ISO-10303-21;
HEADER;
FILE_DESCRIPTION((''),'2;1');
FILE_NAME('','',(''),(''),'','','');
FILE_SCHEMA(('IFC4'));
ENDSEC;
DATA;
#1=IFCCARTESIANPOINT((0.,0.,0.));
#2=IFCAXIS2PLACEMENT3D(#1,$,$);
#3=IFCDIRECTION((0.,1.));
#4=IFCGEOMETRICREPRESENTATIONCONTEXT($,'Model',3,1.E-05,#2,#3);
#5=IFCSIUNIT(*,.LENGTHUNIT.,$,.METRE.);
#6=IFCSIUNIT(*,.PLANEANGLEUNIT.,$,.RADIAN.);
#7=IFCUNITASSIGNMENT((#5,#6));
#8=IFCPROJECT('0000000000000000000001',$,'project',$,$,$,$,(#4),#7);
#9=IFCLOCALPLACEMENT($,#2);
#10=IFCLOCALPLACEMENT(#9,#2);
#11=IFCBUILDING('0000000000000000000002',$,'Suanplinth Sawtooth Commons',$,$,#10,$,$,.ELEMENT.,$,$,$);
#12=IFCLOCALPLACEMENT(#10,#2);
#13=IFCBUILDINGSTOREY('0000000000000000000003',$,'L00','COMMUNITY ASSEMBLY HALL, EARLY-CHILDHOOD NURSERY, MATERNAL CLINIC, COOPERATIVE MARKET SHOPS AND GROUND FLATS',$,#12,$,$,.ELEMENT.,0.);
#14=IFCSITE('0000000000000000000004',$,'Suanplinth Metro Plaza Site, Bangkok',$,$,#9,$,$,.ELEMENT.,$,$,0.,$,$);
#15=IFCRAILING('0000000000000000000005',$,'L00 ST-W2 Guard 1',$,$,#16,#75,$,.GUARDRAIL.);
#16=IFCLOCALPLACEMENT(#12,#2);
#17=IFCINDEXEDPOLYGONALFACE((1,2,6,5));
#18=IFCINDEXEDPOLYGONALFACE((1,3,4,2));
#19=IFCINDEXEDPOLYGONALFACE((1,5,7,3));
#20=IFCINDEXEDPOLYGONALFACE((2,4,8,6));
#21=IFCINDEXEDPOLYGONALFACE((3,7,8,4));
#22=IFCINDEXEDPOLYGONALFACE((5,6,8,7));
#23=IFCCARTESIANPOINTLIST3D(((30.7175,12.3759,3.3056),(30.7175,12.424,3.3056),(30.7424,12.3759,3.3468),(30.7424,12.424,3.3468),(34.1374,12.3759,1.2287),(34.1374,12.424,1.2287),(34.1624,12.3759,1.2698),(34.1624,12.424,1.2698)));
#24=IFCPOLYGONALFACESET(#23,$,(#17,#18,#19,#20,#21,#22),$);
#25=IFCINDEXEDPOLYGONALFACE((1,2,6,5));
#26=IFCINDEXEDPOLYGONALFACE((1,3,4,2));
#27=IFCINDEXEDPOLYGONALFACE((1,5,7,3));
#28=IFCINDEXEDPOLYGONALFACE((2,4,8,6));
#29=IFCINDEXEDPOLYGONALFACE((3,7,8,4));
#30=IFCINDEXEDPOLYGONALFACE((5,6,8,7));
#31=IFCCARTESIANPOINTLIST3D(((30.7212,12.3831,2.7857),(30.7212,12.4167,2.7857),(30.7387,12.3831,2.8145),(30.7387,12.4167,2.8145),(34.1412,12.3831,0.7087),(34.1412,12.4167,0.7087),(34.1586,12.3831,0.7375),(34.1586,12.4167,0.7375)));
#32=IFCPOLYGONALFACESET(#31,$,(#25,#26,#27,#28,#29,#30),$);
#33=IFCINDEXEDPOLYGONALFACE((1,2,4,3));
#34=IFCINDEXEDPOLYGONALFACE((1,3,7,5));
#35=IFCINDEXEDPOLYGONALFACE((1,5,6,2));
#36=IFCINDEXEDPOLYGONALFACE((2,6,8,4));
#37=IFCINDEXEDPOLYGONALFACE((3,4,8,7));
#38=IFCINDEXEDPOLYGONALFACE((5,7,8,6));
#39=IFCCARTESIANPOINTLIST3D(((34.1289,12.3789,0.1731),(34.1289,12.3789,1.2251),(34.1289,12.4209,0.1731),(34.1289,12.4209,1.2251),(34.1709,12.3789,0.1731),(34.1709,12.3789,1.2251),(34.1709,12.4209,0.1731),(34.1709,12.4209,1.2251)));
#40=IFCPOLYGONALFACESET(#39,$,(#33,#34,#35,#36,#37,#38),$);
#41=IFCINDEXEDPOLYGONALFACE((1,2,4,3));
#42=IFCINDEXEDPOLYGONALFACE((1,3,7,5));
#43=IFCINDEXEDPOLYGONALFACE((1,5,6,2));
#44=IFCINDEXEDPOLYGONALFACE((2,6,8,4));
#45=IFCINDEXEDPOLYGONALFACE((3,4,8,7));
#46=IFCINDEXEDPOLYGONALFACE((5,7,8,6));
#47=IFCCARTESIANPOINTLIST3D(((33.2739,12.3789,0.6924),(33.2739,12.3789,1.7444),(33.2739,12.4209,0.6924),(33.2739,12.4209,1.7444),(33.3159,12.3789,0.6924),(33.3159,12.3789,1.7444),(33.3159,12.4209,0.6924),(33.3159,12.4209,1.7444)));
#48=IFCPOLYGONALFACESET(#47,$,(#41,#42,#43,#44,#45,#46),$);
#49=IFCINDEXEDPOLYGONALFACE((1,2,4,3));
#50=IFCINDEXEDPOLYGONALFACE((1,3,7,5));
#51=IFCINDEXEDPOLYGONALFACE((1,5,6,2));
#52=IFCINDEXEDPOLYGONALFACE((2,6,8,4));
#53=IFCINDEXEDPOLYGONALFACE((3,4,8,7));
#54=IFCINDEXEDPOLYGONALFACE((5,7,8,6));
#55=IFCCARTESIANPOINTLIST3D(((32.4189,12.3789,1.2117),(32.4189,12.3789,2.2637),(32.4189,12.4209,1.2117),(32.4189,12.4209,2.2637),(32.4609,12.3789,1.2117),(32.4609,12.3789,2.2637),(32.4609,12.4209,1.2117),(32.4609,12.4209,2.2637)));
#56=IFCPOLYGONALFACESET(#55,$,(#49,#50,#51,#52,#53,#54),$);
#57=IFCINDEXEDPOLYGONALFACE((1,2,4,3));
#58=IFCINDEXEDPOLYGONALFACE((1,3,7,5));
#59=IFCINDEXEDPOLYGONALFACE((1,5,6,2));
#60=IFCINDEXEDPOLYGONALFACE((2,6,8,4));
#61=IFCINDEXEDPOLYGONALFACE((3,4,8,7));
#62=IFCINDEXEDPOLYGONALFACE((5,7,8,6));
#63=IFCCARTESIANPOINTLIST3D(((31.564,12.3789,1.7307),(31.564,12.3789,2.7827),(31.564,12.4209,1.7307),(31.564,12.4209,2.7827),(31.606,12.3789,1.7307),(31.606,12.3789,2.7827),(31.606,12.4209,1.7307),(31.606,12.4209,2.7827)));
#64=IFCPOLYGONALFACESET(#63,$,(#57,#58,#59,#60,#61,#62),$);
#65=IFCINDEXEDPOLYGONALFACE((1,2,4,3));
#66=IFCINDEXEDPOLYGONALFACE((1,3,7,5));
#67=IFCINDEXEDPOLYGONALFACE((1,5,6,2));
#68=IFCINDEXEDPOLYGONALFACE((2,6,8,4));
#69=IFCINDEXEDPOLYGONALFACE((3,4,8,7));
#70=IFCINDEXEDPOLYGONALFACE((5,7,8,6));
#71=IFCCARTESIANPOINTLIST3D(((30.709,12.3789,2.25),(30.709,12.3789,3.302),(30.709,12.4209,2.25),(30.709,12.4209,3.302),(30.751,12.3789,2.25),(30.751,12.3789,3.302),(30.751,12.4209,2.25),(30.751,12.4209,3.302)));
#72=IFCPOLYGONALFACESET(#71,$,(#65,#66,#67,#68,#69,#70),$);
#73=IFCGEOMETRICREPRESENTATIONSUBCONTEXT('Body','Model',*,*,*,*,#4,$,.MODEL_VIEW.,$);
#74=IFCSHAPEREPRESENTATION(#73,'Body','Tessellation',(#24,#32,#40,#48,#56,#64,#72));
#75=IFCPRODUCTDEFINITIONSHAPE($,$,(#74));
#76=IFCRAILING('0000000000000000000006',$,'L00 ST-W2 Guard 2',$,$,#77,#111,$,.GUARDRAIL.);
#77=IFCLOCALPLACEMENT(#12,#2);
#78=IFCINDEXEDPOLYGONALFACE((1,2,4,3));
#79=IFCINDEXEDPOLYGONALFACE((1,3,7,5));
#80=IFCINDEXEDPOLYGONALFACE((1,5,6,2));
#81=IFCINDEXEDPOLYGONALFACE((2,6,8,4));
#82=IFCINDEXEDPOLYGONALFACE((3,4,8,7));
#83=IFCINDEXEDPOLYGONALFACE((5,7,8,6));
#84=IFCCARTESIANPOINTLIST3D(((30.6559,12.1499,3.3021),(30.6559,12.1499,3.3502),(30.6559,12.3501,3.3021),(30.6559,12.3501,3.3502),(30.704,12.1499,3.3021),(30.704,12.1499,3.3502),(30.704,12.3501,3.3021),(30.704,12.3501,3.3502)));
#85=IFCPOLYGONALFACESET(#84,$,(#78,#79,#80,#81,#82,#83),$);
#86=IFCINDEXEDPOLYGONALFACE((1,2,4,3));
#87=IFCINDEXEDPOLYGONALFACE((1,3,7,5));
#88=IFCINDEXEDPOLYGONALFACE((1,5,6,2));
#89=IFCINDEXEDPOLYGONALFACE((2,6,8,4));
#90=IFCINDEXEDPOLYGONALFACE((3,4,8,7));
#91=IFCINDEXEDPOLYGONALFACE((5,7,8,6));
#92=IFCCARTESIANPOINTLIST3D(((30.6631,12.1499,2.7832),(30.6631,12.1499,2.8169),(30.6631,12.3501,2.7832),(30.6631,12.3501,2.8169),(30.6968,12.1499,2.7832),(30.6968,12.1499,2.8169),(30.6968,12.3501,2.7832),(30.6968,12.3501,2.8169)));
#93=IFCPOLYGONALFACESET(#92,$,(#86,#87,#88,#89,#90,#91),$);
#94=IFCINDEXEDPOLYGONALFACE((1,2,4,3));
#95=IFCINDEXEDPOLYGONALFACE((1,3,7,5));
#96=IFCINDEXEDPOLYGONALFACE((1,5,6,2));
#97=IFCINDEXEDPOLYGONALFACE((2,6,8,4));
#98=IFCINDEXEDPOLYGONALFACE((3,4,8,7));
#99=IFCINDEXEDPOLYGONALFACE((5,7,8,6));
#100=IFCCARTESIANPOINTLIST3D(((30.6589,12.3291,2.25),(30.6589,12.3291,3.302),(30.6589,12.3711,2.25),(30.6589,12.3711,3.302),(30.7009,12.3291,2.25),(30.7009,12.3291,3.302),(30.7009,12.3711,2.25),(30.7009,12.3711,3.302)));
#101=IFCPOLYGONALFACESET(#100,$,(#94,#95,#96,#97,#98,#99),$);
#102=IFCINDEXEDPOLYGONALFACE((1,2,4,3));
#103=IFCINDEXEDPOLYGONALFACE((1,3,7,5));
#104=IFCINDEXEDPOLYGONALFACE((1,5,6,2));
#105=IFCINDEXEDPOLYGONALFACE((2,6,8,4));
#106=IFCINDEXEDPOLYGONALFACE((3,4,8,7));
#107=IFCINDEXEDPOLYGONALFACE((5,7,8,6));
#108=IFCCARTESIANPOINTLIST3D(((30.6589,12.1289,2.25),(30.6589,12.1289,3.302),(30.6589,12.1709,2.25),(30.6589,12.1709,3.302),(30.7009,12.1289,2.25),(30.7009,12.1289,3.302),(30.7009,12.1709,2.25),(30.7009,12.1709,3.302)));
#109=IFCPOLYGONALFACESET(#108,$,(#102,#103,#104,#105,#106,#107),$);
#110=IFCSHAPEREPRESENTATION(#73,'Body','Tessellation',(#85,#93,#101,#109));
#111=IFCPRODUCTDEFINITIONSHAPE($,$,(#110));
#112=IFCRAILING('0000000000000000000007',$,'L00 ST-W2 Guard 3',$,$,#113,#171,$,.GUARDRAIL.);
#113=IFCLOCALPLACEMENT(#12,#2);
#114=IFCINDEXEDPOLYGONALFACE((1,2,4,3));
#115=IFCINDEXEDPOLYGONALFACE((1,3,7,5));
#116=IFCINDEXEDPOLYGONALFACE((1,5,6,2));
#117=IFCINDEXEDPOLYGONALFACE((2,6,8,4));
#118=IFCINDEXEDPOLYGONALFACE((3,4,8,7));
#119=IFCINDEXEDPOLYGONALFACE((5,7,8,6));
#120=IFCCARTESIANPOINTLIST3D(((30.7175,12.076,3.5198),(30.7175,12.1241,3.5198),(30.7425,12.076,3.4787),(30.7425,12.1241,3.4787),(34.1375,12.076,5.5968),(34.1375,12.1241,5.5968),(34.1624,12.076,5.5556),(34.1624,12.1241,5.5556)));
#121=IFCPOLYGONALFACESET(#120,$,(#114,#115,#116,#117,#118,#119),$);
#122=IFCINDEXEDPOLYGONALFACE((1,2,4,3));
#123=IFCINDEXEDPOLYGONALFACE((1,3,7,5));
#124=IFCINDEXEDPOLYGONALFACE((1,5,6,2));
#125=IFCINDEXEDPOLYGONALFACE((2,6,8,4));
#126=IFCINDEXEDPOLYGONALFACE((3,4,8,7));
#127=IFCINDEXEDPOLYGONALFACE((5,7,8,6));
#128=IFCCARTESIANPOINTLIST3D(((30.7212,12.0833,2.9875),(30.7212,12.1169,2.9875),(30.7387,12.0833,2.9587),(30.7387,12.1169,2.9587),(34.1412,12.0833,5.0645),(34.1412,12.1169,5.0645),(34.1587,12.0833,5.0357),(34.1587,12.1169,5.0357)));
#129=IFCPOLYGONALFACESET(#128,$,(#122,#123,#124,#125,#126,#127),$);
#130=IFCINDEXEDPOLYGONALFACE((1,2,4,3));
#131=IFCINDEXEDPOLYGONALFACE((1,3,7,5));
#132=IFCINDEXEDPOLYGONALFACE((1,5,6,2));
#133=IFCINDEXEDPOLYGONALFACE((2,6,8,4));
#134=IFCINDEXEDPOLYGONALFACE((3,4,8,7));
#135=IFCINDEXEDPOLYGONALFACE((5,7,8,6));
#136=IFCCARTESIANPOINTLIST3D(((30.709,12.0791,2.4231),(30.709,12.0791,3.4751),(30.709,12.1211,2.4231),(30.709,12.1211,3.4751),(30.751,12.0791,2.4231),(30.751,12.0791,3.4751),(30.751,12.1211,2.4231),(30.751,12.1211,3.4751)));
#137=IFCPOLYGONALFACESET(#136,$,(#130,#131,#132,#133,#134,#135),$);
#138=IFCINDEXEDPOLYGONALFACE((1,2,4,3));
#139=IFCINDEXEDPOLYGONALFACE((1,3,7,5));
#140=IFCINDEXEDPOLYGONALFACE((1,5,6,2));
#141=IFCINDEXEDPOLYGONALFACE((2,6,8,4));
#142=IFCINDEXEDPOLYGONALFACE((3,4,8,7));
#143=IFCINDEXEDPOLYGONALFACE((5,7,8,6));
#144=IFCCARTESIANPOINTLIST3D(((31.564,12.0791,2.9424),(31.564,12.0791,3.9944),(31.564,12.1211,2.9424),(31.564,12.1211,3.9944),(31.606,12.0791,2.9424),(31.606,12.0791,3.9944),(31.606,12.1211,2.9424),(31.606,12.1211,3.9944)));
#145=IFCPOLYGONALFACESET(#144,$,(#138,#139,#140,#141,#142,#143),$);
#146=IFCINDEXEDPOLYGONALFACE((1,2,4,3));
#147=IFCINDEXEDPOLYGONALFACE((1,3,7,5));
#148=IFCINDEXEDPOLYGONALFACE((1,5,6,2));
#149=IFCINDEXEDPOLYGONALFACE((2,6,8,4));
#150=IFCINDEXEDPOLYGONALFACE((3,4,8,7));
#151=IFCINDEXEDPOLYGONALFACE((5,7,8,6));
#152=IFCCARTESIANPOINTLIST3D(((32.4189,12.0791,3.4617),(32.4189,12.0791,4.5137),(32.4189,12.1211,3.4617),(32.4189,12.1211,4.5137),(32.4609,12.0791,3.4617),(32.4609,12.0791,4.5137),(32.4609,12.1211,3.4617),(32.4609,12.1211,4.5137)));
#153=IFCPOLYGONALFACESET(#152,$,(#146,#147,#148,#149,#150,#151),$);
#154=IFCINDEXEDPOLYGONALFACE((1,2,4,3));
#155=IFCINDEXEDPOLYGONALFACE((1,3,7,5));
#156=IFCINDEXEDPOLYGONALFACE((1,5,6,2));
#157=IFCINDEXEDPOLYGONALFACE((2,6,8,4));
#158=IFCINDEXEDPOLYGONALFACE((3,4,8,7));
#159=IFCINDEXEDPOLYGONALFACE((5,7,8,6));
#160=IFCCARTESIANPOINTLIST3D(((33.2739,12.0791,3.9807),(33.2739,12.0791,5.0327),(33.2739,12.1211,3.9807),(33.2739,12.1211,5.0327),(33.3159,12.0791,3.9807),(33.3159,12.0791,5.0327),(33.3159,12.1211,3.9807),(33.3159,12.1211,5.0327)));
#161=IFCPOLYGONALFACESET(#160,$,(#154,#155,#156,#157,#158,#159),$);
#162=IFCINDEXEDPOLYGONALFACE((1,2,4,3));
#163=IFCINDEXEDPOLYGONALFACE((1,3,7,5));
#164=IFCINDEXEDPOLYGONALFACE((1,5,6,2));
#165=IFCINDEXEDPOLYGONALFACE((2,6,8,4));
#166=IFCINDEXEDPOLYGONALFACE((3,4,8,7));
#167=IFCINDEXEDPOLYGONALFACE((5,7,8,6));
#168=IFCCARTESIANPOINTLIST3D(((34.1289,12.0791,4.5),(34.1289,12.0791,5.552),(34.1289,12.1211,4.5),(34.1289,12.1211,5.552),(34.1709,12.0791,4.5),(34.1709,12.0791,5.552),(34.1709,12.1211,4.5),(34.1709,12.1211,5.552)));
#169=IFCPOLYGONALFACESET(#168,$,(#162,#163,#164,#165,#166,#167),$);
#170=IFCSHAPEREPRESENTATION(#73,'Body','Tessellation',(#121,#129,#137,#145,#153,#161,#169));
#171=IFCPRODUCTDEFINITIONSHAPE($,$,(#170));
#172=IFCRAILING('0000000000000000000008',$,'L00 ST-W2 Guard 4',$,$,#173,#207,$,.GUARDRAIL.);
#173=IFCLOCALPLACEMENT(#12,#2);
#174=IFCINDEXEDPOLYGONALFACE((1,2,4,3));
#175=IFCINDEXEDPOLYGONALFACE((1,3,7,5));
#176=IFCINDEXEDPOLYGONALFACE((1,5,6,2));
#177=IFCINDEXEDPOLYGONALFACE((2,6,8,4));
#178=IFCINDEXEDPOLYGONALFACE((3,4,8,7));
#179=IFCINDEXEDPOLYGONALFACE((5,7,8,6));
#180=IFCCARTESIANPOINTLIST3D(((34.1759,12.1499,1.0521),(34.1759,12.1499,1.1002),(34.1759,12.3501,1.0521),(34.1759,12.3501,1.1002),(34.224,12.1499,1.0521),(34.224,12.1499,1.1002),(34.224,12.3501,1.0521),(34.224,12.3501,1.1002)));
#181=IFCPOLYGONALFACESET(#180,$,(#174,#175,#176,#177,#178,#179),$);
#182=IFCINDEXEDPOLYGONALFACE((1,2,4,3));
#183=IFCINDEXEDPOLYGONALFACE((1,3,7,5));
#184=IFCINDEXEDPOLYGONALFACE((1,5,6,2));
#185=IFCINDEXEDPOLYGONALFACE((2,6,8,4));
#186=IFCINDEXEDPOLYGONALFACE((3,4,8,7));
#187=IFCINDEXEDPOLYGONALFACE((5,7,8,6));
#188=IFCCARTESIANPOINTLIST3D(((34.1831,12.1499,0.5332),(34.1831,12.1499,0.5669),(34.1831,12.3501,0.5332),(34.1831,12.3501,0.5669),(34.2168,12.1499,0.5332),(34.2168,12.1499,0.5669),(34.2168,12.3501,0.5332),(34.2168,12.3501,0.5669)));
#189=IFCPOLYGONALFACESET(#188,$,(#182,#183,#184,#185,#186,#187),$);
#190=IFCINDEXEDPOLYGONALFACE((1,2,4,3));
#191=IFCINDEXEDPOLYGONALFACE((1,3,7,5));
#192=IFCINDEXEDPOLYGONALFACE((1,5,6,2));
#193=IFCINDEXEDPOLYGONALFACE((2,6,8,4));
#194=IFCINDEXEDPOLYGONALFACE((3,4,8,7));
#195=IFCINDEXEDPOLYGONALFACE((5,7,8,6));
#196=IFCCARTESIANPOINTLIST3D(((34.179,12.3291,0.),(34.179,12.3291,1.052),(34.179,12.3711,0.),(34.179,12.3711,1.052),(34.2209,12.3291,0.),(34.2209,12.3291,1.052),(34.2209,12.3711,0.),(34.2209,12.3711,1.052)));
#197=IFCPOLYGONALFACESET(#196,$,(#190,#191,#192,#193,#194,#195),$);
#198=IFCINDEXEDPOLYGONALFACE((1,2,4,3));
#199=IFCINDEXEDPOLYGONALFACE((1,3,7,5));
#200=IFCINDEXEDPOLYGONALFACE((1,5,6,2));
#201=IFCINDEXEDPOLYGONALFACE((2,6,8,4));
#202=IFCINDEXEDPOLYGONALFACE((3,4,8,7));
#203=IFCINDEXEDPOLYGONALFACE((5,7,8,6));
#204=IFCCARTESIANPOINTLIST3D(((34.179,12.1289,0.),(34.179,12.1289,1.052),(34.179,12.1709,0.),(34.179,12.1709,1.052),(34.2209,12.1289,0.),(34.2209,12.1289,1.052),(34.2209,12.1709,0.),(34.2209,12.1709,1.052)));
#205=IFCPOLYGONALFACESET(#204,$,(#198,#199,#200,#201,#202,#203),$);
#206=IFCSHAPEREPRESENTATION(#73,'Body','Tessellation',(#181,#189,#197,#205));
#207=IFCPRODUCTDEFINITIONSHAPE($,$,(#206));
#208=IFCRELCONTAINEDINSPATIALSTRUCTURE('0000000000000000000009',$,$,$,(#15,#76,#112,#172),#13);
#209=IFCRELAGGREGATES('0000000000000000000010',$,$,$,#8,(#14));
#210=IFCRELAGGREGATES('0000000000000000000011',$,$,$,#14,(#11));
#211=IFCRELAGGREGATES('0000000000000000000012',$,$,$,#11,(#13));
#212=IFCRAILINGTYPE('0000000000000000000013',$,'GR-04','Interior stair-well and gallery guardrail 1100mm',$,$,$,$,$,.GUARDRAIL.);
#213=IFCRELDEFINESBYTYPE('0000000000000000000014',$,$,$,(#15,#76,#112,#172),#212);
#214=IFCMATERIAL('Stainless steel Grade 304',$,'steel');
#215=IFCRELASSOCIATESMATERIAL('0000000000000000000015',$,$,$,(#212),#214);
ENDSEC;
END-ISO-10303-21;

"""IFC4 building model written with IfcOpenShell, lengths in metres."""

from ifc_helpers import new_model, si_unit, direction, frame, origin, origin_2d, place, context, subcontext, project, spatial, rectangle, extrude, material, type_object, element, save


model = new_model("IFC4")

# Units and contexts
model_context = context("Model", 3, precision=1e-05, world=origin(), true_north=direction((0.0, 1.0)))
body_context = subcontext(model_context, "Body", "Model", "MODEL_VIEW")
ifc_project = project(units=[si_unit("LENGTHUNIT", "METRE"), si_unit("PLANEANGLEUNIT", "RADIAN")], contexts=[model_context])

# Site, building, storey
site_placement = place(None, origin())
site = spatial("IfcSite", under=ifc_project, at=site_placement, Name="Suanplinth Metro Plaza Site, Bangkok", CompositionType="ELEMENT", RefElevation=0.0)
building_placement = place(site_placement, origin())
building = spatial("IfcBuilding", under=site, at=building_placement, Name="Suanplinth Sawtooth Commons", CompositionType="ELEMENT")
storey_placement = place(building_placement, origin())
storey = spatial("IfcBuildingStorey", under=building, at=storey_placement, Name="L00", Description="COMMUNITY ASSEMBLY HALL, EARLY-CHILDHOOD NURSERY, MATERNAL CLINIC, COOPERATIVE MARKET SHOPS AND GROUND FLATS", CompositionType="ELEMENT", Elevation=0.0)

# Railings
ifc_material_1 = material(Name="Stainless steel Grade 304", Category="steel")
railing_type_1 = type_object("IfcRailingType", Name="GR-04", Description="Interior stair-well and gallery guardrail 1100mm", PredefinedType="GUARDRAIL", material=ifc_material_1)
railing_1_placement = place(storey_placement, frame((34.1499, 12.3999, 0.1731)))
element("IfcRailing", 1, at=railing_1_placement, inside=storey, type_object=railing_type_1, Name="L00 ST-W2 Guard 1", PredefinedType="GUARDRAIL", context=body_context, shape_type="SweptSolid", body=[
    extrude(rectangle(XDim=0.0481, YDim=0.0481, at=origin_2d()), frame((0.0, 0.0, 1.0762), z_axis=(-0.85473, 0.0, 0.519074), x_axis=(0.0, -1.0, 0.0)), (0.0, 0.0, 1.0), 4.0012),
    extrude(rectangle(XDim=0.0337, YDim=0.0337, at=origin_2d()), frame((0.0, 0.0, 0.55), z_axis=(-0.85473, 0.0, 0.519074), x_axis=(0.0, -1.0, 0.0)), (0.0, 0.0, 1.0), 4.0012),
    extrude(rectangle(XDim=0.042, YDim=0.042, at=origin_2d()), origin(), (0.0, 0.0, 1.0), 1.052),
    extrude(rectangle(XDim=0.042, YDim=0.042, at=origin_2d()), frame((-0.855, 0.0, 0.5193)), (0.0, 0.0, 1.0), 1.052),
    extrude(rectangle(XDim=0.042, YDim=0.042, at=origin_2d()), frame((-1.71, 0.0, 1.0386)), (0.0, 0.0, 1.0), 1.052),
    extrude(rectangle(XDim=0.042, YDim=0.042, at=origin_2d()), frame((-2.5649, 0.0, 1.5576)), (0.0, 0.0, 1.0), 1.052),
    extrude(rectangle(XDim=0.042, YDim=0.042, at=origin_2d()), frame((-3.4199, 0.0, 2.0769)), (0.0, 0.0, 1.0), 1.052),
])
railing_2_placement = place(storey_placement, frame((30.6799, 12.3501, 2.25)))
element("IfcRailing", 2, at=railing_2_placement, inside=storey, type_object=railing_type_1, Name="L00 ST-W2 Guard 2", PredefinedType="GUARDRAIL", context=body_context, shape_type="SweptSolid", body=[
    extrude(rectangle(XDim=0.0481, YDim=0.0481, at=origin_2d()), frame((0.0, 0.0, 1.0762), z_axis=(0.0, -1.0, 0.0), x_axis=(1.0, 0.0, 0.0)), (0.0, 0.0, 1.0), 0.2002),
    extrude(rectangle(XDim=0.0337, YDim=0.0337, at=origin_2d()), frame((0.0, 0.0, 0.55), z_axis=(0.0, -1.0, 0.0), x_axis=(1.0, 0.0, 0.0)), (0.0, 0.0, 1.0), 0.2002),
    extrude(rectangle(XDim=0.042, YDim=0.042, at=origin_2d()), origin(), (0.0, 0.0, 1.0), 1.052),
    extrude(rectangle(XDim=0.042, YDim=0.042, at=origin_2d()), frame((0.0, -0.2002, 0.0)), (0.0, 0.0, 1.0), 1.052),
])
railing_3_placement = place(storey_placement, frame((30.73, 12.1001, 2.4231)))
element("IfcRailing", 3, at=railing_3_placement, inside=storey, type_object=railing_type_1, Name="L00 ST-W2 Guard 3", PredefinedType="GUARDRAIL", context=body_context, shape_type="SweptSolid", body=[
    extrude(rectangle(XDim=0.0481, YDim=0.0481, at=origin_2d()), frame((0.0, 0.0, 1.0762), z_axis=(0.85473, 0.0, 0.519074), x_axis=(0.0, 1.0, 0.0)), (0.0, 0.0, 1.0), 4.0012),
    extrude(rectangle(XDim=0.0337, YDim=0.0337, at=origin_2d()), frame((0.0, 0.0, 0.55), z_axis=(0.85473, 0.0, 0.519074), x_axis=(0.0, 1.0, 0.0)), (0.0, 0.0, 1.0), 4.0012),
    extrude(rectangle(XDim=0.042, YDim=0.042, at=origin_2d()), origin(), (0.0, 0.0, 1.0), 1.052),
    extrude(rectangle(XDim=0.042, YDim=0.042, at=origin_2d()), frame((0.855, 0.0, 0.5193)), (0.0, 0.0, 1.0), 1.052),
    extrude(rectangle(XDim=0.042, YDim=0.042, at=origin_2d()), frame((1.71, 0.0, 1.0386)), (0.0, 0.0, 1.0), 1.052),
    extrude(rectangle(XDim=0.042, YDim=0.042, at=origin_2d()), frame((2.5649, 0.0, 1.5576)), (0.0, 0.0, 1.0), 1.052),
    extrude(rectangle(XDim=0.042, YDim=0.042, at=origin_2d()), frame((3.4199, 0.0, 2.0769)), (0.0, 0.0, 1.0), 1.052),
])
railing_4_placement = place(storey_placement, frame((34.2, 12.3501, 0.0)))
element("IfcRailing", 4, at=railing_4_placement, inside=storey, type_object=railing_type_1, Name="L00 ST-W2 Guard 4", PredefinedType="GUARDRAIL", context=body_context, shape_type="SweptSolid", body=[
    extrude(rectangle(XDim=0.0481, YDim=0.0481, at=origin_2d()), frame((0.0, 0.0, 1.0762), z_axis=(0.0, -1.0, 0.0), x_axis=(1.0, 0.0, 0.0)), (0.0, 0.0, 1.0), 0.2002),
    extrude(rectangle(XDim=0.0337, YDim=0.0337, at=origin_2d()), frame((0.0, 0.0, 0.55), z_axis=(0.0, -1.0, 0.0), x_axis=(1.0, 0.0, 0.0)), (0.0, 0.0, 1.0), 0.2002),
    extrude(rectangle(XDim=0.042, YDim=0.042, at=origin_2d()), origin(), (0.0, 0.0, 1.0), 1.052),
    extrude(rectangle(XDim=0.042, YDim=0.042, at=origin_2d()), frame((0.0, -0.2002, 0.0)), (0.0, 0.0, 1.0), 1.052),
])

save(model, "model.ifc")
